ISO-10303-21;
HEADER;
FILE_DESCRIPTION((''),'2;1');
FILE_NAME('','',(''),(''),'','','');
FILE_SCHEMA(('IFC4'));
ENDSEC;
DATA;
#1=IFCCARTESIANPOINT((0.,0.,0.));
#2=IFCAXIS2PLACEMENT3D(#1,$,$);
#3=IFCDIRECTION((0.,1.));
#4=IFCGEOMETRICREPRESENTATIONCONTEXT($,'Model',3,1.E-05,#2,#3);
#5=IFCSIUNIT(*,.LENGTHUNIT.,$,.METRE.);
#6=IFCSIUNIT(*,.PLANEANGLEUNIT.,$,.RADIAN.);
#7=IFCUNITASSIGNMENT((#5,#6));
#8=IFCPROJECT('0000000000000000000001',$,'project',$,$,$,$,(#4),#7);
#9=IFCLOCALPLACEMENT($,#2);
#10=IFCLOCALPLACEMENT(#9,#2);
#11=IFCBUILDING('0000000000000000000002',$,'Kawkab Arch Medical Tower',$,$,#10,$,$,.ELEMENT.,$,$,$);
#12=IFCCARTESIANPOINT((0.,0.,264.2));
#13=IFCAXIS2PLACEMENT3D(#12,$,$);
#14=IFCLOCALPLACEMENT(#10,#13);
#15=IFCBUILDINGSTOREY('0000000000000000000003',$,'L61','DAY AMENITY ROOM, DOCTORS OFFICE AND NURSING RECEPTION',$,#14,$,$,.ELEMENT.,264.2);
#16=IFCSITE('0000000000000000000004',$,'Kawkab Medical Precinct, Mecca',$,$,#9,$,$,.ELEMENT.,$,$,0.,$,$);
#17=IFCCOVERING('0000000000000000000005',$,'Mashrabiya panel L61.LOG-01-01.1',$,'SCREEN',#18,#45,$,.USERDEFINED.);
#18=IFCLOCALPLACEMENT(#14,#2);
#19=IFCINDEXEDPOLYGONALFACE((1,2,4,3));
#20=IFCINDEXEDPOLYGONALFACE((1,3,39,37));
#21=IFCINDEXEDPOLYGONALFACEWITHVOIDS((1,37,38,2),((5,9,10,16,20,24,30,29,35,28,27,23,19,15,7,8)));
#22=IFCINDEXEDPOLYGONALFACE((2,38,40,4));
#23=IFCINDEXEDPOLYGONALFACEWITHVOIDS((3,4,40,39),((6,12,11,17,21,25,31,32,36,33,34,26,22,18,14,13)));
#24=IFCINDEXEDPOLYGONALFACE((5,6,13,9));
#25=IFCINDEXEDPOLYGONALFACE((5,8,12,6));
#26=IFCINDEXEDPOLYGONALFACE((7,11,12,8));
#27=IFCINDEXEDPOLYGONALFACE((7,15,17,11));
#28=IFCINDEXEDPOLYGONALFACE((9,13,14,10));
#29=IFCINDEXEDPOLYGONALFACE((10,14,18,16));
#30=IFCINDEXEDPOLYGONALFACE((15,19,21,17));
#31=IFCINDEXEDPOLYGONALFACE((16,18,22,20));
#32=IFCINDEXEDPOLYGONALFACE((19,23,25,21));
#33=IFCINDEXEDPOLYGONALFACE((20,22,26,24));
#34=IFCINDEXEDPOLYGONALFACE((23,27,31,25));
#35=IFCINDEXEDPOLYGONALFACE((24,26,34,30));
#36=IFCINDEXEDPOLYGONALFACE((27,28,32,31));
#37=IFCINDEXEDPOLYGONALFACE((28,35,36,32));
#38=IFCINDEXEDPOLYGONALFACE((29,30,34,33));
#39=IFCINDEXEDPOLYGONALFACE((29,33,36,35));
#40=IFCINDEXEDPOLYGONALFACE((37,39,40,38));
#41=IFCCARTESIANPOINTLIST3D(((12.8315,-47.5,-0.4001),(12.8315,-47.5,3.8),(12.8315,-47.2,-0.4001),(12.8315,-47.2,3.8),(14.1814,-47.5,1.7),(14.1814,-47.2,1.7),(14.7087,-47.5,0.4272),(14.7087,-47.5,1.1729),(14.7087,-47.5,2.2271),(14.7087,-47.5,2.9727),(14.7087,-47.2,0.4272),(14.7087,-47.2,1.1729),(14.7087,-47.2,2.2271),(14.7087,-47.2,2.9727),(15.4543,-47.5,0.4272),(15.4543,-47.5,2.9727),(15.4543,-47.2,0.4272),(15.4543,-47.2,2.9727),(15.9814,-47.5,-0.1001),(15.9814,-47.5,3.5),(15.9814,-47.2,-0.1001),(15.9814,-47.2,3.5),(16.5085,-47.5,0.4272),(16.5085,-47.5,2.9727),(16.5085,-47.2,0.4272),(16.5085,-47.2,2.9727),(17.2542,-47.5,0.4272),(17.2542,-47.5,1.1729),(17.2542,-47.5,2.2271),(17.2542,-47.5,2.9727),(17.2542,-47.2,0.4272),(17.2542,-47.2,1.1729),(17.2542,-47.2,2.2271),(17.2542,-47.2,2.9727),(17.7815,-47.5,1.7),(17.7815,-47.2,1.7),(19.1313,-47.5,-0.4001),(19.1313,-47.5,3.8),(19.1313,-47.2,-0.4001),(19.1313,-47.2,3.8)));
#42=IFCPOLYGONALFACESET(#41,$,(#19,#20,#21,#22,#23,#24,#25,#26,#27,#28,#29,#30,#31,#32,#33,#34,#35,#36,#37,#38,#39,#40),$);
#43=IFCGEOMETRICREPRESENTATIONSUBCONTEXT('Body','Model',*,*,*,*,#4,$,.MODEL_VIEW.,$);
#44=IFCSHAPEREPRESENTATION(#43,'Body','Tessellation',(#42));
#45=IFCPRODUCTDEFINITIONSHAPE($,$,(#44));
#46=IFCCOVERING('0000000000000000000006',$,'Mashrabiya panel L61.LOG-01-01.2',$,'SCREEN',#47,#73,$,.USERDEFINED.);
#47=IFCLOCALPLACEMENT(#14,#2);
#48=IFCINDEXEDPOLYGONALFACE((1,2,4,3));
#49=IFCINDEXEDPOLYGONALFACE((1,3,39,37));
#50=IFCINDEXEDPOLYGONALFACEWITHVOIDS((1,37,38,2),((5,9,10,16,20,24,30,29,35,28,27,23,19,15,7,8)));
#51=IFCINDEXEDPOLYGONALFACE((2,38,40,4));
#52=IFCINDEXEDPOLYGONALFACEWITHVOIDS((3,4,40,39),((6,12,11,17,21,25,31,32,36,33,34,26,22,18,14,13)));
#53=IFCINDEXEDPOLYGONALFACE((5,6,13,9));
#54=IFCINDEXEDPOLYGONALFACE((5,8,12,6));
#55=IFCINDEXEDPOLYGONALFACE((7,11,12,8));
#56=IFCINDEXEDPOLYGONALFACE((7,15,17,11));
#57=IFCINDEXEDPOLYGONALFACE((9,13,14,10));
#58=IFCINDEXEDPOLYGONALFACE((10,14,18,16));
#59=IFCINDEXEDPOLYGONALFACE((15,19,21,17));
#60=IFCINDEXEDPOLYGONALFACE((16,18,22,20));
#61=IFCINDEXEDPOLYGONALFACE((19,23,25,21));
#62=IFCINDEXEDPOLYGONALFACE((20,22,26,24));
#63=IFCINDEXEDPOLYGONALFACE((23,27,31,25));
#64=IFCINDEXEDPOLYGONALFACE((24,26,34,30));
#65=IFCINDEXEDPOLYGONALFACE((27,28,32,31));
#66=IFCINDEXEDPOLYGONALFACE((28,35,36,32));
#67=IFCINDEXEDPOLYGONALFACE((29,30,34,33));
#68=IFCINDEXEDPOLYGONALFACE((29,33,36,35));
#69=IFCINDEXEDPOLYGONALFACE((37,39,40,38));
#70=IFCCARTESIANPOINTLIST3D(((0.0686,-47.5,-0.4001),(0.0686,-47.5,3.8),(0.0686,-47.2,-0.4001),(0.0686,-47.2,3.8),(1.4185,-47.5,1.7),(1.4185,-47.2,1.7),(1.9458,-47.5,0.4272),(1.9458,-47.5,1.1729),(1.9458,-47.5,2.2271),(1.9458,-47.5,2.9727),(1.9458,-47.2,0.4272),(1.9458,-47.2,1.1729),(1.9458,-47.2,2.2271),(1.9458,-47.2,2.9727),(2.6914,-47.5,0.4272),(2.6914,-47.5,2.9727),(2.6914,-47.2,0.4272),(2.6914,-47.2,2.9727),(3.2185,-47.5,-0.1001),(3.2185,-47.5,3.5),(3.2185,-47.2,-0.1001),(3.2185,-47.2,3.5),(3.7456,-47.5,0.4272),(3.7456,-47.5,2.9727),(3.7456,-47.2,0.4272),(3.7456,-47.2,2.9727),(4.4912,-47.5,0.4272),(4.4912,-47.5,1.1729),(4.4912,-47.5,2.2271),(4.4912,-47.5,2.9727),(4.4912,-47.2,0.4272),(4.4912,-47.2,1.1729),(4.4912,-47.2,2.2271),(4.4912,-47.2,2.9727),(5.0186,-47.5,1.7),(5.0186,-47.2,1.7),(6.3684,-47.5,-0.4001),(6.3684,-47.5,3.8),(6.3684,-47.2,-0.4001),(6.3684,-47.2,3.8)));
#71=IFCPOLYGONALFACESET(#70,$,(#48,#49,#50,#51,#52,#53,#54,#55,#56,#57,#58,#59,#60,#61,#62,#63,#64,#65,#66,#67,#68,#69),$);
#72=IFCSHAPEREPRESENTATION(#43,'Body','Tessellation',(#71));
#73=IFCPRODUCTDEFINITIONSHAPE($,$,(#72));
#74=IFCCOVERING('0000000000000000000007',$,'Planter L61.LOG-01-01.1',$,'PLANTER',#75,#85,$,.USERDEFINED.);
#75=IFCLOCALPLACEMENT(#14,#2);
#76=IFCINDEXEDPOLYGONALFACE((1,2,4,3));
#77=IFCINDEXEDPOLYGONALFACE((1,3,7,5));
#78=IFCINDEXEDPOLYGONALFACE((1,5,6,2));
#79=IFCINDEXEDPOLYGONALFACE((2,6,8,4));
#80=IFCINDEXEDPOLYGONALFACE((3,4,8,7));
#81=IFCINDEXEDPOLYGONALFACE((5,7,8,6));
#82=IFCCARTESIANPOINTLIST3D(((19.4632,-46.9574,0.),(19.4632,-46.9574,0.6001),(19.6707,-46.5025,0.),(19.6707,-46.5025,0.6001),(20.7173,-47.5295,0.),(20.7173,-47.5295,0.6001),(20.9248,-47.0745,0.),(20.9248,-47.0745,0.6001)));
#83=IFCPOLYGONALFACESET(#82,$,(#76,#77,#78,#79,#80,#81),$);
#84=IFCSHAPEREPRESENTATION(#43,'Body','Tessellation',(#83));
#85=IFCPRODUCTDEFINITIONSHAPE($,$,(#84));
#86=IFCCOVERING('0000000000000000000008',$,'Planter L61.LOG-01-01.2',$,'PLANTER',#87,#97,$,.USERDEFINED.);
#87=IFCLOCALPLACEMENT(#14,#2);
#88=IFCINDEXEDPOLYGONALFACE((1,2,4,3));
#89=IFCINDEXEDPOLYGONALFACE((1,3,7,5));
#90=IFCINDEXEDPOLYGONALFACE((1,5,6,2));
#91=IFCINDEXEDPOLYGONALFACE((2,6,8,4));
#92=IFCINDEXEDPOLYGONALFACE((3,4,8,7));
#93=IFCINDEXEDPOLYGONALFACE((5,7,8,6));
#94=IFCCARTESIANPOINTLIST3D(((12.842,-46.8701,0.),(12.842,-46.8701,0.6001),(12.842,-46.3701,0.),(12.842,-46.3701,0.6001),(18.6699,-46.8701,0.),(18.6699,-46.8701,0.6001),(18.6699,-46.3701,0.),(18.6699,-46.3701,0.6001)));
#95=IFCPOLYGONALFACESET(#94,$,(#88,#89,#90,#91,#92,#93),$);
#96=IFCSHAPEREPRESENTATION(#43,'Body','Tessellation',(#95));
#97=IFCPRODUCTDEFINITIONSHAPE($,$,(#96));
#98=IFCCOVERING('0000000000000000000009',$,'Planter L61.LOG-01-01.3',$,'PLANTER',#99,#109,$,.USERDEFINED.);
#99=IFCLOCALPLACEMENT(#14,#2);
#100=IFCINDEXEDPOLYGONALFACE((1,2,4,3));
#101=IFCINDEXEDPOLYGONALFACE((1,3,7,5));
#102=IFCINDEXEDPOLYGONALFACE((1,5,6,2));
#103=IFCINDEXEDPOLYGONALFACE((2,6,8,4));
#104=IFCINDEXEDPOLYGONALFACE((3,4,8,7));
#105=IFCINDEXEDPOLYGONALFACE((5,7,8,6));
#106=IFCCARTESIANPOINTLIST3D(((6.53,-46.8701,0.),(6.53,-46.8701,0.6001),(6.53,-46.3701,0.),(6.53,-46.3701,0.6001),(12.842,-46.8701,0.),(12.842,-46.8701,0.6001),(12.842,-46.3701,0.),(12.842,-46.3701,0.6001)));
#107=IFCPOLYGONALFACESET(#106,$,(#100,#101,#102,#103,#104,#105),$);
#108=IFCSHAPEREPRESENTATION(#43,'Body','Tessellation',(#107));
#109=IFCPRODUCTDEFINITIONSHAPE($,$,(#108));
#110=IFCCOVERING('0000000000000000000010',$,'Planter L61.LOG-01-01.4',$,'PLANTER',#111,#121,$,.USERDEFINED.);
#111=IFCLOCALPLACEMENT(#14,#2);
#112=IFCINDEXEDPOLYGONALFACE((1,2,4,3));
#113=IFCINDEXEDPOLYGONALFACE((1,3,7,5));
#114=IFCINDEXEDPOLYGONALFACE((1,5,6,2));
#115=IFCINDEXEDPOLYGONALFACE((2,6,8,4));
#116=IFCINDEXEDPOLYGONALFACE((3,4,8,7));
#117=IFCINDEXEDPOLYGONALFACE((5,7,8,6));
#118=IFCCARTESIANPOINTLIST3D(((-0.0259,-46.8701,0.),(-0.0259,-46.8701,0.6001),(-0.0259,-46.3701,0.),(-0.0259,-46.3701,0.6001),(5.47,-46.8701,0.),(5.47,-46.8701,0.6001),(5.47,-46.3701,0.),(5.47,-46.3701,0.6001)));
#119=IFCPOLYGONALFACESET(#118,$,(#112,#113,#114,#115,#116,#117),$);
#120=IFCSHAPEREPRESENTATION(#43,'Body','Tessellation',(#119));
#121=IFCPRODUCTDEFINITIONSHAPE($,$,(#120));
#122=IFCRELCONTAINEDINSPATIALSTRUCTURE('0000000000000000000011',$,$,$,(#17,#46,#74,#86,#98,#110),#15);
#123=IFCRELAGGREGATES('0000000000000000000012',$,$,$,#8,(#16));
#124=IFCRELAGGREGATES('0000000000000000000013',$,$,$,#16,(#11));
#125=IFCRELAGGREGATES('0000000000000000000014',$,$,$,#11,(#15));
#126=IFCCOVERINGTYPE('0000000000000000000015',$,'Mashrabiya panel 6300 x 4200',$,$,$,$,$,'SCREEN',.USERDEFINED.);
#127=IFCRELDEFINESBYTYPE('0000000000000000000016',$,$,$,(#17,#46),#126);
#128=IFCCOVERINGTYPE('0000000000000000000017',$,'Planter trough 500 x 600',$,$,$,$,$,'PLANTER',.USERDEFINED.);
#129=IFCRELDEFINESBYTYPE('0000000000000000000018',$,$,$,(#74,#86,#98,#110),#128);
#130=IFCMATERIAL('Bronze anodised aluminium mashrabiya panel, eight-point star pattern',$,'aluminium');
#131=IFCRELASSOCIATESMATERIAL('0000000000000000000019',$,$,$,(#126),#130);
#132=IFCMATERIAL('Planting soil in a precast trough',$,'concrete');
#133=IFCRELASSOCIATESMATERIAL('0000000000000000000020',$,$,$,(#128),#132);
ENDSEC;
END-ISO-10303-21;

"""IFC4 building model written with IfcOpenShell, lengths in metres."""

from ifc_helpers import new_model, si_unit, direction, frame, origin, origin_2d, place, context, subcontext, project, spatial, polyline, rectangle, outline, extrude, material, material_profile, profile_set, type_object, element, save


model = new_model("IFC4")

# Units and contexts
model_context = context("Model", 3, precision=1e-05, world=origin(), true_north=direction((0.0, 1.0)))
body_context = subcontext(model_context, "Body", "Model", "MODEL_VIEW")
ifc_project = project(units=[si_unit("LENGTHUNIT", "METRE"), si_unit("PLANEANGLEUNIT", "RADIAN")], contexts=[model_context])

# Site, building, storey
site_placement = place(None, origin())
site = spatial("IfcSite", under=ifc_project, at=site_placement, Name="Kawkab Medical Precinct, Mecca", CompositionType="ELEMENT", RefElevation=0.0)
building_placement = place(site_placement, origin())
building = spatial("IfcBuilding", under=site, at=building_placement, Name="Kawkab Arch Medical Tower", CompositionType="ELEMENT")
storey_placement = place(building_placement, frame((0.0, 0.0, 264.2)))
storey = spatial("IfcBuildingStorey", under=building, at=storey_placement, Name="L61", Description="DAY AMENITY ROOM, DOCTORS OFFICE AND NURSING RECEPTION", CompositionType="ELEMENT", Elevation=264.2)

# Coverings
ifc_material_1 = material(Name="Bronze anodised aluminium mashrabiya panel, eight-point star pattern", Category="aluminium")
ifc_material_profile_1 = material_profile(ifc_material_1, outline(polyline([(-3.1499, -2.1001), (3.1499, -2.1001), (3.1499, 2.1001), (-3.1499, 2.1001), (-3.1499, -2.1001)]), holes=[polyline([(1.8, 0.0), (1.2727, 0.5271), (1.2727, 1.2727), (0.5271, 1.2727), (0.0, 1.8), (-0.5271, 1.2727), (-1.2727, 1.2727), (-1.2727, 0.5271), (-1.8, 0.0), (-1.2727, -0.5271), (-1.2727, -1.2727), (-0.5271, -1.2727), (0.0, -1.8), (0.5271, -1.2727), (1.2727, -1.2727), (1.2727, -0.5271), (1.8, 0.0)])]), Name="Mashrabiya panel 6300x4200")
ifc_profile_set_1 = profile_set([ifc_material_profile_1], Name="Bronze anodised aluminium mashrabiya panel, eight-point star pattern")
covering_type_1 = type_object("IfcCoveringType", Name="Mashrabiya panel 6300 x 4200", ElementType="SCREEN", PredefinedType="USERDEFINED", material=ifc_profile_set_1)
for number, where, z_axis, x_axis, name in (
    (1, (15.9814, -47.2, 1.7), (0.0, -1.0, 0.0), (1.0, 0.0, 0.0), "Mashrabiya panel L61.LOG-01-01.1"),
    (2, (3.2185, -47.2, 1.7), (0.0, -1.0, 0.0), (1.0, 0.0, 0.0), "Mashrabiya panel L61.LOG-01-01.2"),
):
    element("IfcCovering", number, at=place(storey_placement, frame(where, z_axis=z_axis, x_axis=x_axis)), inside=storey, type_object=covering_type_1, Name=name, ObjectType="SCREEN", PredefinedType="USERDEFINED", context=body_context, shape_type="SweptSolid", body=[
        extrude(outline(polyline([(-3.1499, -2.1001), (3.1499, -2.1001), (3.1499, 2.1001), (-3.1499, 2.1001), (-3.1499, -2.1001)]), holes=[polyline([(1.8, 0.0), (1.2727, 0.5271), (1.2727, 1.2727), (0.5271, 1.2727), (0.0, 1.8), (-0.5271, 1.2727), (-1.2727, 1.2727), (-1.2727, 0.5271), (-1.8, 0.0), (-1.2727, -0.5271), (-1.2727, -1.2727), (-0.5271, -1.2727), (0.0, -1.8), (0.5271, -1.2727), (1.2727, -1.2727), (1.2727, -0.5271), (1.8, 0.0)])]), origin(), (0.0, 0.0, 1.0), 0.3),
    ])
ifc_material_2 = material(Name="Planting soil in a precast trough", Category="concrete")
ifc_material_profile_2 = material_profile(ifc_material_2, rectangle(XDim=0.5, YDim=0.6001, at=origin_2d()), Name="Trough 500x600")
ifc_profile_set_2 = profile_set([ifc_material_profile_2], Name="Planting soil in a precast trough")
covering_type_2 = type_object("IfcCoveringType", Name="Planter trough 500 x 600", ElementType="PLANTER", PredefinedType="USERDEFINED", material=ifc_profile_set_2)
covering_1_placement = place(storey_placement, frame((20.821, -47.302, 0.3), z_axis=(-0.909832, 0.414977, 0.0), x_axis=(-0.414977, -0.909832, 0.0)))
element("IfcCovering", 3, at=covering_1_placement, inside=storey, type_object=covering_type_2, Name="Planter L61.LOG-01-01.1", ObjectType="PLANTER", PredefinedType="USERDEFINED", context=body_context, shape_type="SweptSolid", body=[
    extrude(rectangle(XDim=0.5, YDim=0.6001, at=origin_2d()), origin(), (0.0, 0.0, 1.0), 1.3784),
])
covering_2_placement = place(storey_placement, frame((18.6699, -46.6201, 0.3), z_axis=(-1.0, 0.0, 0.0), x_axis=(0.0, -1.0, 0.0)))
element("IfcCovering", 4, at=covering_2_placement, inside=storey, type_object=covering_type_2, Name="Planter L61.LOG-01-01.2", ObjectType="PLANTER", PredefinedType="USERDEFINED", context=body_context, shape_type="SweptSolid", body=[
    extrude(rectangle(XDim=0.5, YDim=0.6001, at=origin_2d()), origin(), (0.0, 0.0, 1.0), 5.8279),
])
covering_3_placement = place(storey_placement, frame((12.842, -46.6201, 0.3), z_axis=(-1.0, 0.0, 0.0), x_axis=(0.0, -1.0, 0.0)))
element("IfcCovering", 5, at=covering_3_placement, inside=storey, type_object=covering_type_2, Name="Planter L61.LOG-01-01.3", ObjectType="PLANTER", PredefinedType="USERDEFINED", context=body_context, shape_type="SweptSolid", body=[
    extrude(rectangle(XDim=0.5, YDim=0.6001, at=origin_2d()), origin(), (0.0, 0.0, 1.0), 6.312),
])
covering_4_placement = place(storey_placement, frame((5.47, -46.6201, 0.3), z_axis=(-1.0, 0.0, 0.0), x_axis=(0.0, -1.0, 0.0)))
element("IfcCovering", 6, at=covering_4_placement, inside=storey, type_object=covering_type_2, Name="Planter L61.LOG-01-01.4", ObjectType="PLANTER", PredefinedType="USERDEFINED", context=body_context, shape_type="SweptSolid", body=[
    extrude(rectangle(XDim=0.5, YDim=0.6001, at=origin_2d()), origin(), (0.0, 0.0, 1.0), 5.4958),
])

save(model, "model.ifc")
